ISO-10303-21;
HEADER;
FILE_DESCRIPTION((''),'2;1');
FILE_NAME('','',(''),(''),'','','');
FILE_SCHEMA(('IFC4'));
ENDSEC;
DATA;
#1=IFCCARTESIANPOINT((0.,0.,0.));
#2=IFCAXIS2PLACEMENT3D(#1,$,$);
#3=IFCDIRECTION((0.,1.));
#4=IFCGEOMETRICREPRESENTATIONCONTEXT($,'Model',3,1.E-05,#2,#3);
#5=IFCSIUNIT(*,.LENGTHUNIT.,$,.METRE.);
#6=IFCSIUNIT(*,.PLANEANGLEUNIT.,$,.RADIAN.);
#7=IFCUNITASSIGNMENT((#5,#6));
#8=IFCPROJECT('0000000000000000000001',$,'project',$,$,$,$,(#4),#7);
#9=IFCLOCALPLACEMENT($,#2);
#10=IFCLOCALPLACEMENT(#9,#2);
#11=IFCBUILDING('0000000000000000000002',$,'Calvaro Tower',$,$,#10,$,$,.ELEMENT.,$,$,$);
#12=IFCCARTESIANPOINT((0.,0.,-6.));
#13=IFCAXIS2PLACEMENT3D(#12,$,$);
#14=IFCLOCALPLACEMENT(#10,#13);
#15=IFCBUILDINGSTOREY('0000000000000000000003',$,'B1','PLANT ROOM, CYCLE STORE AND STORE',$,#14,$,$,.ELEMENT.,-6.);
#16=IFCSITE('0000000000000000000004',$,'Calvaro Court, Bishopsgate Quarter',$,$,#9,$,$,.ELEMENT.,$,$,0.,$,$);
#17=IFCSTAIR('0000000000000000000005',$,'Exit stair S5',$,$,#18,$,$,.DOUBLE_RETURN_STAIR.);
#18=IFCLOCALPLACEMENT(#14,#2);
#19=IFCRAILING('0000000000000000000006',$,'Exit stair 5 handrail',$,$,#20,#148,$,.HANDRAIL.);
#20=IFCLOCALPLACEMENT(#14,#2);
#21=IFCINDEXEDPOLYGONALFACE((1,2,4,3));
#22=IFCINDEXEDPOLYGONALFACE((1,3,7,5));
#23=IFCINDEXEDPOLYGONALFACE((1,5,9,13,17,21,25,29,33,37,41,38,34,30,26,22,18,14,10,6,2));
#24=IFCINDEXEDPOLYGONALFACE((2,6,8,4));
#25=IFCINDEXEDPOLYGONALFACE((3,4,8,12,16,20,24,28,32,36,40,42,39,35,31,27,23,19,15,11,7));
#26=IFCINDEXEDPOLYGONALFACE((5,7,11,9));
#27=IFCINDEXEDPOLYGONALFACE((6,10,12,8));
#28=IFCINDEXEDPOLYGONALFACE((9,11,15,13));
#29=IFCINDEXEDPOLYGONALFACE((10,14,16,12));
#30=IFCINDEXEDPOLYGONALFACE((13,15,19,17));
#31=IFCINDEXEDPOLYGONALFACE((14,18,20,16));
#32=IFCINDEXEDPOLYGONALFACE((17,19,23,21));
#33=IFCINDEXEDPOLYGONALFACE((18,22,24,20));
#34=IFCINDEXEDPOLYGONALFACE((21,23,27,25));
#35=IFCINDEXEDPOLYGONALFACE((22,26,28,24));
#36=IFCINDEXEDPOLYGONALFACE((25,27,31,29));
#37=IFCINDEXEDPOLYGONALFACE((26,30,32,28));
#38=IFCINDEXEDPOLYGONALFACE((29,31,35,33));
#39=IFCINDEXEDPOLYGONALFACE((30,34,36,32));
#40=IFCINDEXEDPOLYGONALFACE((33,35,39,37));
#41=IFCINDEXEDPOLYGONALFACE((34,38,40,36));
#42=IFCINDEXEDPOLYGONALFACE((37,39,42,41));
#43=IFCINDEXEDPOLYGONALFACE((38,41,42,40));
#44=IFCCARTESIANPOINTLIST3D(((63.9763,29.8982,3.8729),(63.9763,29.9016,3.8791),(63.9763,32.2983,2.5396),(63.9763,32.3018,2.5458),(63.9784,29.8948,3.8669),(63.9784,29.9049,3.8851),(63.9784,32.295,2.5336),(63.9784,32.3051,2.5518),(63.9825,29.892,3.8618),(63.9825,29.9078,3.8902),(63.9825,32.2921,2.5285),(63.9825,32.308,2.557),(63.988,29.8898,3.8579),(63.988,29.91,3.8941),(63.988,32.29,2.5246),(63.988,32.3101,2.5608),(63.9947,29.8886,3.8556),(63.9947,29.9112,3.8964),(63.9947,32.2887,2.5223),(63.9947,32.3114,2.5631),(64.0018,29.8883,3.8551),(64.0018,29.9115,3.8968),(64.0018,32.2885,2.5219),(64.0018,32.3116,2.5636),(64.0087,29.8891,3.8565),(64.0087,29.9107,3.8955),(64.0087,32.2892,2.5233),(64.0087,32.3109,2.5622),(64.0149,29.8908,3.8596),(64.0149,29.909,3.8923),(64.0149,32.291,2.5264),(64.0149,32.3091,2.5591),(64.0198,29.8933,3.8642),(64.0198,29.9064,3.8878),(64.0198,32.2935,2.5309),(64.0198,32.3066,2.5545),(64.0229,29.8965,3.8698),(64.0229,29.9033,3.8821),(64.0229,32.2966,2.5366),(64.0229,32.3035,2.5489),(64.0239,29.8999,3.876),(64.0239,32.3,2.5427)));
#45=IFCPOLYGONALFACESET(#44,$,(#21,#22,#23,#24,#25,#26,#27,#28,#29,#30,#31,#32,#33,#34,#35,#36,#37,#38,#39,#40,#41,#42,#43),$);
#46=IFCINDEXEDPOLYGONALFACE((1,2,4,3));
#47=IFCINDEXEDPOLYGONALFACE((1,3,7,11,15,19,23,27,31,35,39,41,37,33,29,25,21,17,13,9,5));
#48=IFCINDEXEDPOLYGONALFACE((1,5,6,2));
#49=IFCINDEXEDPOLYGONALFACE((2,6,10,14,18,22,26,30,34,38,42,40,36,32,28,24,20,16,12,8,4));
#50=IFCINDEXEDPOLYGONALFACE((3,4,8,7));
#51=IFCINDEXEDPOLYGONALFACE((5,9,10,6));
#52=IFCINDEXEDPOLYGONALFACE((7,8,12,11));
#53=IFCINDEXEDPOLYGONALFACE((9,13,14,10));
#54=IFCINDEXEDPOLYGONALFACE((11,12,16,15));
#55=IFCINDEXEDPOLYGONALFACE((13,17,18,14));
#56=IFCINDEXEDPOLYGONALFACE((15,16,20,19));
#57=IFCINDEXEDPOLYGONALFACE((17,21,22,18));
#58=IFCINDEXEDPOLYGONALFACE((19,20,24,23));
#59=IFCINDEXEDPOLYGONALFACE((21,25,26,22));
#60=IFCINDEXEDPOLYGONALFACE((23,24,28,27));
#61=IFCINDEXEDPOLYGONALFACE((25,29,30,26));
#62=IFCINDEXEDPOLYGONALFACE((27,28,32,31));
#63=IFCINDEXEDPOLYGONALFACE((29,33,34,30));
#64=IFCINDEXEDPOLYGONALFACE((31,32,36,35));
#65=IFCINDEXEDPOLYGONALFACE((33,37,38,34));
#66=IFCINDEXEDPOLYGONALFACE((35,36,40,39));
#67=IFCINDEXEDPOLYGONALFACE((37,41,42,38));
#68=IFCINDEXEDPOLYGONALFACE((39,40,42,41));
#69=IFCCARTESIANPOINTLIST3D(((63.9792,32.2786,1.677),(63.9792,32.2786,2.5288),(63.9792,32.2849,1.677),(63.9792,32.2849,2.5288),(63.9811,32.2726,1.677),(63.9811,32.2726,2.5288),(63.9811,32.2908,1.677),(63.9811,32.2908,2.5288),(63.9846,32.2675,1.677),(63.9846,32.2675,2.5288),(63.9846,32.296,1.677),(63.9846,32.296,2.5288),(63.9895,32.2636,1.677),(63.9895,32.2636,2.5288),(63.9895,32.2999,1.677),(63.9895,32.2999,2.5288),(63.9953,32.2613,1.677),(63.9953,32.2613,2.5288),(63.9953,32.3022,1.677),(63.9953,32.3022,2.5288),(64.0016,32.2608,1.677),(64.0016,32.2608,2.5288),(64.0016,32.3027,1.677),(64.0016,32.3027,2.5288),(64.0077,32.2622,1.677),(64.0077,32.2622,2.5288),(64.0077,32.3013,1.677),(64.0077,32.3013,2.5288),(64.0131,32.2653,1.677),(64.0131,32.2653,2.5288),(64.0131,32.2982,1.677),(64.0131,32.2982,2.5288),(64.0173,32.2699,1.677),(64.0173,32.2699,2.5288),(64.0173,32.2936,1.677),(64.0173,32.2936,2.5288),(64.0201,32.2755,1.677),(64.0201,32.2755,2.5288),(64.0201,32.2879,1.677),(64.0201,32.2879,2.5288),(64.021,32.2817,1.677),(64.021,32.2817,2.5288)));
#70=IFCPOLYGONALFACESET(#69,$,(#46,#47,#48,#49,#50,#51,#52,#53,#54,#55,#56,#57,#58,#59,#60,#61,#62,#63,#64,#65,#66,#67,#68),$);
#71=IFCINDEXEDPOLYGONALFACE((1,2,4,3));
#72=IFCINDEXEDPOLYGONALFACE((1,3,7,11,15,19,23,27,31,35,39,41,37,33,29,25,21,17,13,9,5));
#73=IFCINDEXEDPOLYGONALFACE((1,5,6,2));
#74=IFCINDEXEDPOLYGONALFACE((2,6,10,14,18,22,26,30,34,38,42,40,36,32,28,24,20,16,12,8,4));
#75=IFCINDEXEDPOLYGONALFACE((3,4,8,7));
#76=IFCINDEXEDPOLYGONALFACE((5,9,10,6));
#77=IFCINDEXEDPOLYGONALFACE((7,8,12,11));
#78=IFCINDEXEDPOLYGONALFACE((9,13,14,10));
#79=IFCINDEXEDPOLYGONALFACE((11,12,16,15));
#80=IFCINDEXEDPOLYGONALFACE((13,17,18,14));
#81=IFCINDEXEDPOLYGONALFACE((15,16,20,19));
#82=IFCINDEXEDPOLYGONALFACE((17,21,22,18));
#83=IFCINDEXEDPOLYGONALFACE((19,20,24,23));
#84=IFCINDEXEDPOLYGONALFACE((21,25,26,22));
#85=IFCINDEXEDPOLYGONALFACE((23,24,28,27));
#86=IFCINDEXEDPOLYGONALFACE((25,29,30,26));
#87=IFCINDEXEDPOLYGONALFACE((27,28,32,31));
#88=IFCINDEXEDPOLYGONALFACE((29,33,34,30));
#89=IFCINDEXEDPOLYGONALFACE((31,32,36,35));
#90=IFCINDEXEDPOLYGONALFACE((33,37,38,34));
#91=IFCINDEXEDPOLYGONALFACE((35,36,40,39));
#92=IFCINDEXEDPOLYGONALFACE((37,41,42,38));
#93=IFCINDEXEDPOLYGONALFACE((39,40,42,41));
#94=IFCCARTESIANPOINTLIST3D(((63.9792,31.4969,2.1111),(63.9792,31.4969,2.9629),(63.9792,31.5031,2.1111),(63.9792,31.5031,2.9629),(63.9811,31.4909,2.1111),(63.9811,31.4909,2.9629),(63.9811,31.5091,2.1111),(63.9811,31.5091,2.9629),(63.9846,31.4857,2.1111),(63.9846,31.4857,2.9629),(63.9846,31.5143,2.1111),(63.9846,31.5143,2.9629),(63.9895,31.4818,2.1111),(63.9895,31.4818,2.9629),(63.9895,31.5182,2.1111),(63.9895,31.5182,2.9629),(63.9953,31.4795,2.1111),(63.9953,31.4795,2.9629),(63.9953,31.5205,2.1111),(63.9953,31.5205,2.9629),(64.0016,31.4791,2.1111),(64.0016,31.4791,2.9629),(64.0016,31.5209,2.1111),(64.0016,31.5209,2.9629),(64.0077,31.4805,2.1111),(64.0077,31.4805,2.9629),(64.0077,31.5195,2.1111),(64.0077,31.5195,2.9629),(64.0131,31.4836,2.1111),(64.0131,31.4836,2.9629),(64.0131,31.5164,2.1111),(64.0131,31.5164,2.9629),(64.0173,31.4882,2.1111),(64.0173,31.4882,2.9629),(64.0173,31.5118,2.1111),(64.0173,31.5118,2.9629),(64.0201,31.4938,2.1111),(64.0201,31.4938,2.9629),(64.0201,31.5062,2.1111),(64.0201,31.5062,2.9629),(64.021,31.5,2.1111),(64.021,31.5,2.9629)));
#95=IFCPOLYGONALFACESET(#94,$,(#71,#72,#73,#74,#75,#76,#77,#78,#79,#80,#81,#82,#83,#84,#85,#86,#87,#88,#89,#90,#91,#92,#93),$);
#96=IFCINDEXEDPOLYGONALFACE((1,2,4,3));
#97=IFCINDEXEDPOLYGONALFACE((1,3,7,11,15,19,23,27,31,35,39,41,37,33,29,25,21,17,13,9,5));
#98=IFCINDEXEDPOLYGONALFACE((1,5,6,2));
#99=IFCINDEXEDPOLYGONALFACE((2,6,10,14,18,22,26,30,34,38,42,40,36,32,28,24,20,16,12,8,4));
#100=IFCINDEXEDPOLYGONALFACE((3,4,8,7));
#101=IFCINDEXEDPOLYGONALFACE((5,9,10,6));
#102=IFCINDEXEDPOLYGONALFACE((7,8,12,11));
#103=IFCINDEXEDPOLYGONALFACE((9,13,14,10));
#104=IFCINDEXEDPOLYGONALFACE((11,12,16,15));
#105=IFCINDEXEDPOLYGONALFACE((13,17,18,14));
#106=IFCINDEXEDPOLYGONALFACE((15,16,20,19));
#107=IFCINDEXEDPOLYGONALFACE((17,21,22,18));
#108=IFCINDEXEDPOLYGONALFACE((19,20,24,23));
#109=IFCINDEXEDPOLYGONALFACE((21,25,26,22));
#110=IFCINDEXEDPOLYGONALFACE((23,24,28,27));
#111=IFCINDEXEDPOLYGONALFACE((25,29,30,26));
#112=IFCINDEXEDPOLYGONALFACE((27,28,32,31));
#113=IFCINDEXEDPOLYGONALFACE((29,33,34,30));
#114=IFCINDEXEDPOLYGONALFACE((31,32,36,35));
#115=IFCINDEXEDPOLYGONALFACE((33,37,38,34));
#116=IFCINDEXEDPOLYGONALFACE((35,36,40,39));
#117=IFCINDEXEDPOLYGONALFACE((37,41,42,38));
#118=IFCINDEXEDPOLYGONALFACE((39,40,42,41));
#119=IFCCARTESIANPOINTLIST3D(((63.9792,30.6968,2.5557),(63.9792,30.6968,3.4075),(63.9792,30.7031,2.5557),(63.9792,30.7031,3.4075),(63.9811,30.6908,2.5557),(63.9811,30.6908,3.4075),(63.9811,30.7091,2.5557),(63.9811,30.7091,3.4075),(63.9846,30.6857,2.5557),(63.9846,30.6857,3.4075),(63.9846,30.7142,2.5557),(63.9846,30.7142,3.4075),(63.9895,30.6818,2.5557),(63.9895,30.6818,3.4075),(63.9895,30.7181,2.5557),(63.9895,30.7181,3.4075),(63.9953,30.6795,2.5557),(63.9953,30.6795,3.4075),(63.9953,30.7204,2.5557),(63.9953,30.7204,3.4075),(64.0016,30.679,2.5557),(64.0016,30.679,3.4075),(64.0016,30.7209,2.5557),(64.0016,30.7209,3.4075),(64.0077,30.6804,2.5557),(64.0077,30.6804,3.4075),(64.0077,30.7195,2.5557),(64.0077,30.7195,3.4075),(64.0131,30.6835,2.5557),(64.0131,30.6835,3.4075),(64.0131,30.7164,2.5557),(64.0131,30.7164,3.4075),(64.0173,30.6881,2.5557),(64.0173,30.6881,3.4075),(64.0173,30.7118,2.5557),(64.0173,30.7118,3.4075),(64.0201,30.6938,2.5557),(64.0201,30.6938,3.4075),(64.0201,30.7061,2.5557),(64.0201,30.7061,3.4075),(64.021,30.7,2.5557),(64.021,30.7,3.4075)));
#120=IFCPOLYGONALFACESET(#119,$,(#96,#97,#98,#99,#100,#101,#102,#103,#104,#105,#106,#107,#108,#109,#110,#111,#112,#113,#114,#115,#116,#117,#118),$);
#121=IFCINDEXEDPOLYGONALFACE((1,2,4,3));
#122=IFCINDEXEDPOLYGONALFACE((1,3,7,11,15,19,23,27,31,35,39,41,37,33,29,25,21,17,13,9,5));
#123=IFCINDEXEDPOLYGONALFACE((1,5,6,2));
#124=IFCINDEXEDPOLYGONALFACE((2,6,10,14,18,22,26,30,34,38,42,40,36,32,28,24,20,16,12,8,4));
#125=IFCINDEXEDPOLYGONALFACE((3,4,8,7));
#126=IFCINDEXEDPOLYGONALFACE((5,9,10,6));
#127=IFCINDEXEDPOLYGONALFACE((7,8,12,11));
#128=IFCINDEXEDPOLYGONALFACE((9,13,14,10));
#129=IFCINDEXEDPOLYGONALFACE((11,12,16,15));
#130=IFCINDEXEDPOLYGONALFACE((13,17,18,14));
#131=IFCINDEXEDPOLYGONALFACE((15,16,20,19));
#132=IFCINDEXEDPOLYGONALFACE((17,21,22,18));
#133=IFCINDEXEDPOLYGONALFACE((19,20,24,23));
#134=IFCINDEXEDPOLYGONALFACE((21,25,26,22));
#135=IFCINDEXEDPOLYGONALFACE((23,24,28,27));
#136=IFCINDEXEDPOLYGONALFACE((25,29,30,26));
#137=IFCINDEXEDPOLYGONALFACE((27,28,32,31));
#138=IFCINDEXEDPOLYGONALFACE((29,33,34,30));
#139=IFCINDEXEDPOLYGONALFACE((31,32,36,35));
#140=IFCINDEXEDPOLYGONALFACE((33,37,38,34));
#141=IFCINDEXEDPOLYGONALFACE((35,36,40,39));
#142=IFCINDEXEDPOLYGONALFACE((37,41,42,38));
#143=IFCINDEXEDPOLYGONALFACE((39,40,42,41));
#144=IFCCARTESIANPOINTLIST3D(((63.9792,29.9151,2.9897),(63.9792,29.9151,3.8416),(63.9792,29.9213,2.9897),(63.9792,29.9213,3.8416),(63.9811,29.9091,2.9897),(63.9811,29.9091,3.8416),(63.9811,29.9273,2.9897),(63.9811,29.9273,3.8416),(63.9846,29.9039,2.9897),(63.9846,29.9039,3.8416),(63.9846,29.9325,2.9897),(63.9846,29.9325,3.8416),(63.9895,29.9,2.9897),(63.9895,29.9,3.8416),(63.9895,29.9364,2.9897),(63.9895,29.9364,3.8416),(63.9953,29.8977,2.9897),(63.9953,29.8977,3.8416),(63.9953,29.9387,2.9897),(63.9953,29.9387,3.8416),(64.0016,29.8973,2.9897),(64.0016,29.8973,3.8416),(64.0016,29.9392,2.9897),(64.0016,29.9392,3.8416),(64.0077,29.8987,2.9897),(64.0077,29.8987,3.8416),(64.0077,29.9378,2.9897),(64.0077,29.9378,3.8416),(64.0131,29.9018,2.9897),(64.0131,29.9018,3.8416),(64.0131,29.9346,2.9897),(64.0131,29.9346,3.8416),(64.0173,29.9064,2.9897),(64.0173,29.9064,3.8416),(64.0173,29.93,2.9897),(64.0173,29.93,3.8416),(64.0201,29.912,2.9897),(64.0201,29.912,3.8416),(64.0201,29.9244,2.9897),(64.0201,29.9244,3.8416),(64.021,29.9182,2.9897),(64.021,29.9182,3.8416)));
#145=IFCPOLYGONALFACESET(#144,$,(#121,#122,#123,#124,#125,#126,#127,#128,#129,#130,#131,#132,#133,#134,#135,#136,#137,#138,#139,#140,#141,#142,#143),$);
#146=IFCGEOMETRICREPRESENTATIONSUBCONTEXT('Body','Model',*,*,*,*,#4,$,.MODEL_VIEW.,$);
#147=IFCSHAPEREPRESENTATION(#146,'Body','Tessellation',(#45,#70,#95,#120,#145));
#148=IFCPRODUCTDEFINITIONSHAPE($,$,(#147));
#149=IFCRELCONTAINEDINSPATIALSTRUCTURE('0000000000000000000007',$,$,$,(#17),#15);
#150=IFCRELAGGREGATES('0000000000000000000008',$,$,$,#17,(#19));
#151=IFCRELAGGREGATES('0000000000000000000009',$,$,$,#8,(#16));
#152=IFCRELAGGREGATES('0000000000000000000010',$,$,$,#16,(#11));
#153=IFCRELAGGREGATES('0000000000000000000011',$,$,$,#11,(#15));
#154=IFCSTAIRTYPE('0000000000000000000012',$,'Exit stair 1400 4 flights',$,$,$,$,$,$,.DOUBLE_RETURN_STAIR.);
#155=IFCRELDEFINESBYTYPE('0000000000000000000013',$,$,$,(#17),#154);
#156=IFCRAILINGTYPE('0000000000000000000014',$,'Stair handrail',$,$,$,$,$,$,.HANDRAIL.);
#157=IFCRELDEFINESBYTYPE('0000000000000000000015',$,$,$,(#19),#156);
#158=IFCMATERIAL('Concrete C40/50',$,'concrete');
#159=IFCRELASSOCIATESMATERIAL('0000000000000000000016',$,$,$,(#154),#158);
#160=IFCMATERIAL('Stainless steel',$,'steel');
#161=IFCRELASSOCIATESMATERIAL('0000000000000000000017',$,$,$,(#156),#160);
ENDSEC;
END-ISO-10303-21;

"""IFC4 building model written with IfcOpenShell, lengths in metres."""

from ifc_helpers import new_model, si_unit, direction, frame, origin, origin_2d, place, context, subcontext, project, spatial, circle, extrude, material, type_object, element, aggregate, save


model = new_model("IFC4")

# Units and contexts
model_context = context("Model", 3, precision=1e-05, world=origin(), true_north=direction((0.0, 1.0)))
body_context = subcontext(model_context, "Body", "Model", "MODEL_VIEW")
ifc_project = project(units=[si_unit("LENGTHUNIT", "METRE"), si_unit("PLANEANGLEUNIT", "RADIAN")], contexts=[model_context])

# Site, building, storey
site_placement = place(None, origin())
site = spatial("IfcSite", under=ifc_project, at=site_placement, Name="Calvaro Court, Bishopsgate Quarter", CompositionType="ELEMENT", RefElevation=0.0)
building_placement = place(site_placement, origin())
building = spatial("IfcBuilding", under=site, at=building_placement, Name="Calvaro Tower", CompositionType="ELEMENT")
storey_placement = place(building_placement, frame((0.0, 0.0, -6.0)))
storey = spatial("IfcBuildingStorey", under=building, at=storey_placement, Name="B1", Description="PLANT ROOM, CYCLE STORE AND STORE", CompositionType="ELEMENT", Elevation=-6.0)

# Stair
ifc_material_1 = material(Name="Concrete C40/50", Category="concrete")
stair_type = type_object("IfcStairType", Name="Exit stair 1400 4 flights", PredefinedType="DOUBLE_RETURN_STAIR", material=ifc_material_1)
stair_1_placement = place(storey_placement, origin())
stair_1 = element("IfcStair", 1, at=stair_1_placement, inside=storey, type_object=stair_type, Name="Exit stair S5", PredefinedType="DOUBLE_RETURN_STAIR")

# Shared definitions
ifc_material_2 = material(Name="Stainless steel", Category="steel")
railing_type = type_object("IfcRailingType", Name="Stair handrail", PredefinedType="HANDRAIL", material=ifc_material_2)

# Railing
railing_1_placement = place(storey_placement, frame((64.0, 32.3, 1.6667)))
railing_1 = element("IfcRailing", 2, at=railing_1_placement, type_object=railing_type, Name="Exit stair 5 handrail", PredefinedType="HANDRAIL", context=body_context, shape_type="SweptSolid", body=[
    extrude(circle(Radius=0.0239, at=origin_2d()), frame((0.0, 0.0, 0.876), z_axis=(0.0, -0.874182, 0.485598), x_axis=(1.0, 0.0, 0.0)), (0.0, 0.0, 1.0), 2.7456),
    extrude(circle(Radius=0.021, at=origin_2d()), frame((0.0, -0.0183, 0.0103)), (0.0, 0.0, 1.0), 0.8518),
    extrude(circle(Radius=0.021, at=origin_2d()), frame((0.0, -0.8, 0.4443)), (0.0, 0.0, 1.0), 0.8518),
    extrude(circle(Radius=0.021, at=origin_2d()), frame((0.0, -1.6001, 0.8889)), (0.0, 0.0, 1.0), 0.8518),
    extrude(circle(Radius=0.021, at=origin_2d()), frame((0.0, -2.3818, 1.323)), (0.0, 0.0, 1.0), 0.8518),
])
aggregate(stair_1, [railing_1])

save(model, "model.ifc")
